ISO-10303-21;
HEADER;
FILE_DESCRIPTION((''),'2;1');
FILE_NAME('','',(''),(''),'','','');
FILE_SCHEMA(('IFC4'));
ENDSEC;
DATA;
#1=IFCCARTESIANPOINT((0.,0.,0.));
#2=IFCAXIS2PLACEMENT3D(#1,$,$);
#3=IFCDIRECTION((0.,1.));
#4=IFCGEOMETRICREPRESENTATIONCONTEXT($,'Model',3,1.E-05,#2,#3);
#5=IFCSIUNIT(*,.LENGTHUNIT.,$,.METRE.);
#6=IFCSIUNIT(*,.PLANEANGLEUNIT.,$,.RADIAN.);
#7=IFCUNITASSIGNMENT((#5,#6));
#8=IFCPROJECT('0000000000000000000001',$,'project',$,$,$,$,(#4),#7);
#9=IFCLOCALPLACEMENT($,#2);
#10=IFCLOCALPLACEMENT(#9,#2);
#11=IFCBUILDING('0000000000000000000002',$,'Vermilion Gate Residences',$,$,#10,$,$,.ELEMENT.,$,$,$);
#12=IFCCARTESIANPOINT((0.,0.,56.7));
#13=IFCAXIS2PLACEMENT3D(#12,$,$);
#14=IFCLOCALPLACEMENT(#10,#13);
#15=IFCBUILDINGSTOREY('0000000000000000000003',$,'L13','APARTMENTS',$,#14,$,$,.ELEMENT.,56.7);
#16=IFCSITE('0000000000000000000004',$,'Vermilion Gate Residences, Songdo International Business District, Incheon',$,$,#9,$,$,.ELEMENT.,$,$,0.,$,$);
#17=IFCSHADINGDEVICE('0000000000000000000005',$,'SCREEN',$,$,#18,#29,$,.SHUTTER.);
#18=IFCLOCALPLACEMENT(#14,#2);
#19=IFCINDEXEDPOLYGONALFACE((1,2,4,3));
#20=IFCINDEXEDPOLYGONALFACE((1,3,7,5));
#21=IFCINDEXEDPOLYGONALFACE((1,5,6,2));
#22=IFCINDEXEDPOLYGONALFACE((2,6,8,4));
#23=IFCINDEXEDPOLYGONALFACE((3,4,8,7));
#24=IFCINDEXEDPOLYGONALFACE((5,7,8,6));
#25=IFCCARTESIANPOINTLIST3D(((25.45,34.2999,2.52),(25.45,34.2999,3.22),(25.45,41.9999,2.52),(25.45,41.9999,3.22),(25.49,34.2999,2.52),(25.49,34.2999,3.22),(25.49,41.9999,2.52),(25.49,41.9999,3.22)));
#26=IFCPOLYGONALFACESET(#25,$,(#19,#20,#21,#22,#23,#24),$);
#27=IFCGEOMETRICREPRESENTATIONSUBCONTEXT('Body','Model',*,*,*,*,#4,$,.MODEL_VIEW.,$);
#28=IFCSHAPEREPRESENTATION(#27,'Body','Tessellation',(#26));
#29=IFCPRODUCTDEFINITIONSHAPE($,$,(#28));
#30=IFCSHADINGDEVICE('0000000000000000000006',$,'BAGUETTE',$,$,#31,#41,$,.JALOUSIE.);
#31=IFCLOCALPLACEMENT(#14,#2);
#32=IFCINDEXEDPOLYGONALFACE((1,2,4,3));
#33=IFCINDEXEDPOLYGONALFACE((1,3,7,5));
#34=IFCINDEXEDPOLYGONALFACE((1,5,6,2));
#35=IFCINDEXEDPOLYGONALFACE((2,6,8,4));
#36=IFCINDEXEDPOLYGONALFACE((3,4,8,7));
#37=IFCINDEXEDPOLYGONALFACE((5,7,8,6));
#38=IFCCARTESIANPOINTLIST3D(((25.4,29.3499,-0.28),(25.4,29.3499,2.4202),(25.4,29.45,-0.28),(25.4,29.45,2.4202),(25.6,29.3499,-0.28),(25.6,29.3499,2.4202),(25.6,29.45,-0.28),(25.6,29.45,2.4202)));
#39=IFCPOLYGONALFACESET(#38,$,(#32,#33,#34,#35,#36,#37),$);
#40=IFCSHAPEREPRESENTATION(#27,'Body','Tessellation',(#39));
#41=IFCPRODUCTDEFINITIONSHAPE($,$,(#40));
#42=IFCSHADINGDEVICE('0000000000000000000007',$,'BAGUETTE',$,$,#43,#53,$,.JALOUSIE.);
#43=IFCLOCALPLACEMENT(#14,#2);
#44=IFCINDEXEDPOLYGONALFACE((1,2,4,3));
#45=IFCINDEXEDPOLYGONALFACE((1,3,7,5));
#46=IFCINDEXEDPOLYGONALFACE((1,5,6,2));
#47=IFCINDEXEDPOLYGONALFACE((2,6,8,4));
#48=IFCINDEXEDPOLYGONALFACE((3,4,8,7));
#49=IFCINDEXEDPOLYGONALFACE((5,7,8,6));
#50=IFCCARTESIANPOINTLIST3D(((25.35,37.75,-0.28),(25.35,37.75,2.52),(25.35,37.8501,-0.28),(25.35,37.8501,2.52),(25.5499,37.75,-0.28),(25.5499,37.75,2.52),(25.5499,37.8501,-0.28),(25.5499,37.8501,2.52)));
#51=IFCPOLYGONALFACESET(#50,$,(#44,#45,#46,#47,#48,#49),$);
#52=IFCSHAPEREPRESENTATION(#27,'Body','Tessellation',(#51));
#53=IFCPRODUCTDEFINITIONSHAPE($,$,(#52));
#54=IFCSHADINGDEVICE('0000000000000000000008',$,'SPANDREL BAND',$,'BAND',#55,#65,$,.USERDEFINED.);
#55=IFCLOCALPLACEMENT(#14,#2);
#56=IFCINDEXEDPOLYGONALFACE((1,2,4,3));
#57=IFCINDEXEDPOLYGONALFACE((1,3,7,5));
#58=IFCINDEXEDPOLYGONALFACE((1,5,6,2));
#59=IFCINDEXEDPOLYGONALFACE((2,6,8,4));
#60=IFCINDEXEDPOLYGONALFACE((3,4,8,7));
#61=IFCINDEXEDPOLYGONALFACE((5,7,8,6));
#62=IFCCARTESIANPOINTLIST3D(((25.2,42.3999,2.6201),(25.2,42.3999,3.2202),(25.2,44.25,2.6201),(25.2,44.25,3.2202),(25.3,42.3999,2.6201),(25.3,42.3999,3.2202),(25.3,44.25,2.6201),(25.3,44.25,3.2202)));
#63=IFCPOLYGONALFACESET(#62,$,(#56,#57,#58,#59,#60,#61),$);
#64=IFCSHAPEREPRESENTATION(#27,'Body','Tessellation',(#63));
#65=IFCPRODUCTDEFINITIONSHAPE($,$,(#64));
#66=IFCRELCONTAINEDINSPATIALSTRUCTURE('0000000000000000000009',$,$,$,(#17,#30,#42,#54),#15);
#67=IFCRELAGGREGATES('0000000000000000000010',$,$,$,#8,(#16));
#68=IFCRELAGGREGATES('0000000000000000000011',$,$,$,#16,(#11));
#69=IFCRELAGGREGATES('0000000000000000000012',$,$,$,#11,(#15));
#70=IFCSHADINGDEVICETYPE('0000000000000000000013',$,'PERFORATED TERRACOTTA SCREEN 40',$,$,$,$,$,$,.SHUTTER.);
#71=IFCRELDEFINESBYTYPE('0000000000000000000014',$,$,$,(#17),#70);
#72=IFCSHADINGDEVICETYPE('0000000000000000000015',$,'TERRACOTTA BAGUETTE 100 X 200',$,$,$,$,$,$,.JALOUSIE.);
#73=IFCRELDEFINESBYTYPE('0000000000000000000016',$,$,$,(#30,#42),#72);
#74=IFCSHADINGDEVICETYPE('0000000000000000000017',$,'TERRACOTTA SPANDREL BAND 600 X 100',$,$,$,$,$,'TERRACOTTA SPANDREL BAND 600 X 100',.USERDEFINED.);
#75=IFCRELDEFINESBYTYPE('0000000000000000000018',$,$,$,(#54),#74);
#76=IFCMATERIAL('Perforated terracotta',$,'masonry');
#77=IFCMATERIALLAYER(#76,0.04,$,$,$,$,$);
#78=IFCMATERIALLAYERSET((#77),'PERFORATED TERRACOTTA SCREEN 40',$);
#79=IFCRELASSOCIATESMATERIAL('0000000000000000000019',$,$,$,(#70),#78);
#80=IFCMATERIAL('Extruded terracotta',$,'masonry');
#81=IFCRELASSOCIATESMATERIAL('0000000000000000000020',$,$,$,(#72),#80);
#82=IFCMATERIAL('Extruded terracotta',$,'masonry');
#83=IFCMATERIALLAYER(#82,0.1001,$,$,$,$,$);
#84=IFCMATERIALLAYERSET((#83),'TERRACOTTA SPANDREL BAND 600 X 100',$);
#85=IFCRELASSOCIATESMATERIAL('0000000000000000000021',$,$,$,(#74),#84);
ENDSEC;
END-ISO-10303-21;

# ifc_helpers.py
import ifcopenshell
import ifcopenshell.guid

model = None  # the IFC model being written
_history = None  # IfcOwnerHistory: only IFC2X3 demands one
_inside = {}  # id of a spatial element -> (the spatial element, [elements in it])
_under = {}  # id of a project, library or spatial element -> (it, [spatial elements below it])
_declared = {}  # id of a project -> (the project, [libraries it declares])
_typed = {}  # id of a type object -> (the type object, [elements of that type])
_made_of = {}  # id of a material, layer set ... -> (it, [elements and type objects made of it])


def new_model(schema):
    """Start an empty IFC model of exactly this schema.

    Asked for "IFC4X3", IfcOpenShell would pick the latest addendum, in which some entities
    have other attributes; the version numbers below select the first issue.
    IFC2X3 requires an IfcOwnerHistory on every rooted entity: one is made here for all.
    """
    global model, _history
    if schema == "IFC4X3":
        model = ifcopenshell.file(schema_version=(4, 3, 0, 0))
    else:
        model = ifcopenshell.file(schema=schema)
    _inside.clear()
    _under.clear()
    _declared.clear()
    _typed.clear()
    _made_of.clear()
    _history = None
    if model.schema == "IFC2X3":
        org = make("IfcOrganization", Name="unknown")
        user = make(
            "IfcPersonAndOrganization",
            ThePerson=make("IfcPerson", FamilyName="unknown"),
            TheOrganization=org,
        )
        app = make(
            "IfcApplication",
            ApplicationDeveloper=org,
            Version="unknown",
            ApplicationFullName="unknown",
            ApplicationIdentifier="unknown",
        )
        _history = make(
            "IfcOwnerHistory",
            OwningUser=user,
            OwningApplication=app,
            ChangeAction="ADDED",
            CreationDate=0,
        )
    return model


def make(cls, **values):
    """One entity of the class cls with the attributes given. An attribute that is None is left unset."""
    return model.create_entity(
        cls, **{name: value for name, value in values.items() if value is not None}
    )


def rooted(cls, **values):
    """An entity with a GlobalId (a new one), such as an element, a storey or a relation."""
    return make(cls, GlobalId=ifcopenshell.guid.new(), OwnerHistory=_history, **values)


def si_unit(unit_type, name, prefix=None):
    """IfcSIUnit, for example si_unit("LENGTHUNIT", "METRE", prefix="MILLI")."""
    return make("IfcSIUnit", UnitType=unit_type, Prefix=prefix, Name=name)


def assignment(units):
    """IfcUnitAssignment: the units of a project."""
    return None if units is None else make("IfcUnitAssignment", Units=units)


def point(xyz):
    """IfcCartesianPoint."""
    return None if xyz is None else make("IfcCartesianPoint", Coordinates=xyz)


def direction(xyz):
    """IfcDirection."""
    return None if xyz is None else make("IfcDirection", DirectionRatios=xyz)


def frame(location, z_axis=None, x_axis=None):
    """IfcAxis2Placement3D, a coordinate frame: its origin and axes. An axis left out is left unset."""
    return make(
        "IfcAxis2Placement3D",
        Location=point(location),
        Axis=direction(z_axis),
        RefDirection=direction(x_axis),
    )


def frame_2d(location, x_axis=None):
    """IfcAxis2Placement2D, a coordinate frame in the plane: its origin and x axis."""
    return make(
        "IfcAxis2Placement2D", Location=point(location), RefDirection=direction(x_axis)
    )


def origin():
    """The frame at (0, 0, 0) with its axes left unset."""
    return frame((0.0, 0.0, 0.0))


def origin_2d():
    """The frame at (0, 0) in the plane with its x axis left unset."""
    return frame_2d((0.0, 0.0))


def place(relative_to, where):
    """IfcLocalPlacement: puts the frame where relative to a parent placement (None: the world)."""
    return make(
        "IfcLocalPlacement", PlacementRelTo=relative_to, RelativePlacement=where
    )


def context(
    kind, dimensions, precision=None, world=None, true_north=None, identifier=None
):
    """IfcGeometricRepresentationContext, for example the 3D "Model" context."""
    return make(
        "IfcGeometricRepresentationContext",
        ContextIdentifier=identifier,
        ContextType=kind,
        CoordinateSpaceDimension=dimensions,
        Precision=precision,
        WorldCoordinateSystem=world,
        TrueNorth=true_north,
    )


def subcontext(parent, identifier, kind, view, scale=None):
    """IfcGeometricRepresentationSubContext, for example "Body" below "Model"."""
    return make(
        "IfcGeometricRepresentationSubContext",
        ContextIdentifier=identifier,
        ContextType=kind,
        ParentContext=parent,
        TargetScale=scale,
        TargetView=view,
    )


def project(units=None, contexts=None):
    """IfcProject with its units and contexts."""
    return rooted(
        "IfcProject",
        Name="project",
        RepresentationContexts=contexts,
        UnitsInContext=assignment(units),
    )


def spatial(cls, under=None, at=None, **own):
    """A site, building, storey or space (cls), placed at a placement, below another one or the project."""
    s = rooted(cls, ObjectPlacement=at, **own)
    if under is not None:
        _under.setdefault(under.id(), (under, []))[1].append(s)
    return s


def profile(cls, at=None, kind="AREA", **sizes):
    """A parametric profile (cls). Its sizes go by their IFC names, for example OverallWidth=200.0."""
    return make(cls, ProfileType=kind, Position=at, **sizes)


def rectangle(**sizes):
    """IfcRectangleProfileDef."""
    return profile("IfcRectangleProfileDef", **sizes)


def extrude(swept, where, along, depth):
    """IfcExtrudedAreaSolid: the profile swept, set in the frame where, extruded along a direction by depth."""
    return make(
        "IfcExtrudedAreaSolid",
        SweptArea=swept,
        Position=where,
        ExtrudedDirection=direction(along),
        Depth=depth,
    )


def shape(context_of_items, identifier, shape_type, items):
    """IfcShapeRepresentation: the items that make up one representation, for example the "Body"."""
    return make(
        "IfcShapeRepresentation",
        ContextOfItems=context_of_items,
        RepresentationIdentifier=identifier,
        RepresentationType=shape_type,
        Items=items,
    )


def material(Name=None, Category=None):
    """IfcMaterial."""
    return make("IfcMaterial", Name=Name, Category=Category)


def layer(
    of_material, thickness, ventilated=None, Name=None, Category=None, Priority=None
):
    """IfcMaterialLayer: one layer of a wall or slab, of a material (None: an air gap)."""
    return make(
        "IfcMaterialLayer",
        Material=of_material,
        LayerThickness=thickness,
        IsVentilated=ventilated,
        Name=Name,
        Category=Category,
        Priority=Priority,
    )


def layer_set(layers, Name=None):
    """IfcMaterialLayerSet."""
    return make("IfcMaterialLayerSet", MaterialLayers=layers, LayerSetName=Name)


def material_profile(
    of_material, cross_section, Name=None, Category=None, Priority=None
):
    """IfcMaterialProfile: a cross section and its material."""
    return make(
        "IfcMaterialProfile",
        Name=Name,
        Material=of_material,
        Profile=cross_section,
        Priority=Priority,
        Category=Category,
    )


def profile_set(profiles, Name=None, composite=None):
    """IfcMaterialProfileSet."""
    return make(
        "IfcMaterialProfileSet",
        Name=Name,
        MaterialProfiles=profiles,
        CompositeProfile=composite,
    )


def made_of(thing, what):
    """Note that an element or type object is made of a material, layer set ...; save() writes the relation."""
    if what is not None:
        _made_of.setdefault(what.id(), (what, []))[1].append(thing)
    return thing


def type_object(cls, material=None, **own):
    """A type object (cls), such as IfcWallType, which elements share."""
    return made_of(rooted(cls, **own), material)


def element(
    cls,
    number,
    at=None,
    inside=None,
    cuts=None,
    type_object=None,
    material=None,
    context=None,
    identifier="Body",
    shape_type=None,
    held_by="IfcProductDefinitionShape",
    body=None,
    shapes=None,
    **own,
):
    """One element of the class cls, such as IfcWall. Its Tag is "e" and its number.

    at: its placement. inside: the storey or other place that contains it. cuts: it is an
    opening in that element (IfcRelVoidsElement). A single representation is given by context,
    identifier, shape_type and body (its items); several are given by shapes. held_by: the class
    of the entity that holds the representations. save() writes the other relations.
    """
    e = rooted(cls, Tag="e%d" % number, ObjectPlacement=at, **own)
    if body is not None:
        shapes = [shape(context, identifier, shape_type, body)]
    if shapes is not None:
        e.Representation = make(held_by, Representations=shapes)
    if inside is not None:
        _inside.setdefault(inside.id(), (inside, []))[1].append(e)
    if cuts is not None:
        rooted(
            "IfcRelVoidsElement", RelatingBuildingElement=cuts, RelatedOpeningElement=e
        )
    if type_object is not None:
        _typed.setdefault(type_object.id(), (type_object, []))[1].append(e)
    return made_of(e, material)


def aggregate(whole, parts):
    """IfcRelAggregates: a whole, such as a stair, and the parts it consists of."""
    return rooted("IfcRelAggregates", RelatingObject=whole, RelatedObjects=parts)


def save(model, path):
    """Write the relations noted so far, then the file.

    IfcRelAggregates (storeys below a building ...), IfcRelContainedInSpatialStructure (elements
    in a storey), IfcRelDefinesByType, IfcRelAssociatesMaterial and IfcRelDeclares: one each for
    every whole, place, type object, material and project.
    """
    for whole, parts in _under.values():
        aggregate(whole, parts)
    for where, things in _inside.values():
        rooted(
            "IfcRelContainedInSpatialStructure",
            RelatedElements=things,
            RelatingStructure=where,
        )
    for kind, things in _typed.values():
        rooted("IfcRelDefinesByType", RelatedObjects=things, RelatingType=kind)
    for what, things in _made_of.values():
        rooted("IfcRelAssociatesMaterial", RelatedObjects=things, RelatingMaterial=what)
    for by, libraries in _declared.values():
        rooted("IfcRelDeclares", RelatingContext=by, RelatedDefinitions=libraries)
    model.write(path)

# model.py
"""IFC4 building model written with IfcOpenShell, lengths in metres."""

from ifc_helpers import new_model, si_unit, direction, frame, origin, origin_2d, place, context, subcontext, project, spatial, rectangle, extrude, material, layer, layer_set, material_profile, profile_set, type_object, element, save


model = new_model("IFC4")

# Units and contexts
model_context = context("Model", 3, precision=1e-05, world=origin(), true_north=direction((0.0, 1.0)))
body_context = subcontext(model_context, "Body", "Model", "MODEL_VIEW")
ifc_project = project(units=[si_unit("LENGTHUNIT", "METRE"), si_unit("PLANEANGLEUNIT", "RADIAN")], contexts=[model_context])

# Site, building, storey
site_placement = place(None, origin())
site = spatial("IfcSite", under=ifc_project, at=site_placement, Name="Vermilion Gate Residences, Songdo International Business District, Incheon", CompositionType="ELEMENT", RefElevation=0.0)
building_placement = place(site_placement, origin())
building = spatial("IfcBuilding", under=site, at=building_placement, Name="Vermilion Gate Residences", CompositionType="ELEMENT")
storey_placement = place(building_placement, frame((0.0, 0.0, 56.7)))
storey = spatial("IfcBuildingStorey", under=building, at=storey_placement, Name="L13", Description="APARTMENTS", CompositionType="ELEMENT", Elevation=56.7)

# Shading device
ifc_material_1 = material(Name="Perforated terracotta", Category="masonry")
ifc_layer_1 = layer(ifc_material_1, 0.04)
ifc_layer_set_1 = layer_set([ifc_layer_1], Name="PERFORATED TERRACOTTA SCREEN 40")
shading_device_type_1 = type_object("IfcShadingDeviceType", Name="PERFORATED TERRACOTTA SCREEN 40", PredefinedType="SHUTTER", material=ifc_layer_set_1)
shading_device_1_placement = place(storey_placement, frame((25.47, 38.1499, 2.52), z_axis=(0.0, 0.0, 1.0), x_axis=(0.0, 1.0, 0.0)))
element("IfcShadingDevice", 1, at=shading_device_1_placement, inside=storey, type_object=shading_device_type_1, Name="SCREEN", PredefinedType="SHUTTER", context=body_context, shape_type="SweptSolid", body=[
    extrude(rectangle(XDim=7.7, YDim=0.04, at=origin_2d()), origin(), (0.0, 0.0, 1.0), 0.7),
])

# Shading devices
ifc_material_2 = material(Name="Extruded terracotta", Category="masonry")
ifc_material_profile_1 = material_profile(ifc_material_2, rectangle(XDim=0.2, YDim=0.1001, at=origin_2d()), Name="BAGUETTE 100 X 200")
ifc_profile_set_1 = profile_set([ifc_material_profile_1], Name="Extruded terracotta")
shading_device_type_2 = type_object("IfcShadingDeviceType", Name="TERRACOTTA BAGUETTE 100 X 200", PredefinedType="JALOUSIE", material=ifc_profile_set_1)
shading_device_2_placement = place(storey_placement, frame((25.5, 29.3999, -0.28), z_axis=(0.0, 0.0, 1.0), x_axis=(-1.0, 0.0, 0.0)))
element("IfcShadingDevice", 2, at=shading_device_2_placement, inside=storey, type_object=shading_device_type_2, Name="BAGUETTE", PredefinedType="JALOUSIE", context=body_context, shape_type="SweptSolid", body=[
    extrude(rectangle(XDim=0.2, YDim=0.1001, at=origin_2d()), origin(), (0.0, 0.0, 1.0), 2.7002),
])
shading_device_3_placement = place(storey_placement, frame((25.45, 37.8, -0.28), z_axis=(0.0, 0.0, 1.0), x_axis=(-1.0, 0.0, 0.0)))
element("IfcShadingDevice", 3, at=shading_device_3_placement, inside=storey, type_object=shading_device_type_2, Name="BAGUETTE", PredefinedType="JALOUSIE", context=body_context, shape_type="SweptSolid", body=[
    extrude(rectangle(XDim=0.2, YDim=0.1001, at=origin_2d()), origin(), (0.0, 0.0, 1.0), 2.8),
])
ifc_material_3 = material(Name="Extruded terracotta", Category="masonry")
ifc_layer_2 = layer(ifc_material_3, 0.1001)
ifc_layer_set_2 = layer_set([ifc_layer_2], Name="TERRACOTTA SPANDREL BAND 600 X 100")
shading_device_type_3 = type_object("IfcShadingDeviceType", Name="TERRACOTTA SPANDREL BAND 600 X 100", ElementType="TERRACOTTA SPANDREL BAND 600 X 100", PredefinedType="USERDEFINED", material=ifc_layer_set_2)
shading_device_4_placement = place(storey_placement, frame((25.25, 43.325, 2.6201), z_axis=(0.0, 0.0, 1.0), x_axis=(0.0, 1.0, 0.0)))
element("IfcShadingDevice", 4, at=shading_device_4_placement, inside=storey, type_object=shading_device_type_3, Name="SPANDREL BAND", ObjectType="BAND", PredefinedType="USERDEFINED", context=body_context, shape_type="SweptSolid", body=[
    extrude(rectangle(XDim=1.8501, YDim=0.1001, at=origin_2d()), origin(), (0.0, 0.0, 1.0), 0.6001),
])

save(model, "model.ifc")
